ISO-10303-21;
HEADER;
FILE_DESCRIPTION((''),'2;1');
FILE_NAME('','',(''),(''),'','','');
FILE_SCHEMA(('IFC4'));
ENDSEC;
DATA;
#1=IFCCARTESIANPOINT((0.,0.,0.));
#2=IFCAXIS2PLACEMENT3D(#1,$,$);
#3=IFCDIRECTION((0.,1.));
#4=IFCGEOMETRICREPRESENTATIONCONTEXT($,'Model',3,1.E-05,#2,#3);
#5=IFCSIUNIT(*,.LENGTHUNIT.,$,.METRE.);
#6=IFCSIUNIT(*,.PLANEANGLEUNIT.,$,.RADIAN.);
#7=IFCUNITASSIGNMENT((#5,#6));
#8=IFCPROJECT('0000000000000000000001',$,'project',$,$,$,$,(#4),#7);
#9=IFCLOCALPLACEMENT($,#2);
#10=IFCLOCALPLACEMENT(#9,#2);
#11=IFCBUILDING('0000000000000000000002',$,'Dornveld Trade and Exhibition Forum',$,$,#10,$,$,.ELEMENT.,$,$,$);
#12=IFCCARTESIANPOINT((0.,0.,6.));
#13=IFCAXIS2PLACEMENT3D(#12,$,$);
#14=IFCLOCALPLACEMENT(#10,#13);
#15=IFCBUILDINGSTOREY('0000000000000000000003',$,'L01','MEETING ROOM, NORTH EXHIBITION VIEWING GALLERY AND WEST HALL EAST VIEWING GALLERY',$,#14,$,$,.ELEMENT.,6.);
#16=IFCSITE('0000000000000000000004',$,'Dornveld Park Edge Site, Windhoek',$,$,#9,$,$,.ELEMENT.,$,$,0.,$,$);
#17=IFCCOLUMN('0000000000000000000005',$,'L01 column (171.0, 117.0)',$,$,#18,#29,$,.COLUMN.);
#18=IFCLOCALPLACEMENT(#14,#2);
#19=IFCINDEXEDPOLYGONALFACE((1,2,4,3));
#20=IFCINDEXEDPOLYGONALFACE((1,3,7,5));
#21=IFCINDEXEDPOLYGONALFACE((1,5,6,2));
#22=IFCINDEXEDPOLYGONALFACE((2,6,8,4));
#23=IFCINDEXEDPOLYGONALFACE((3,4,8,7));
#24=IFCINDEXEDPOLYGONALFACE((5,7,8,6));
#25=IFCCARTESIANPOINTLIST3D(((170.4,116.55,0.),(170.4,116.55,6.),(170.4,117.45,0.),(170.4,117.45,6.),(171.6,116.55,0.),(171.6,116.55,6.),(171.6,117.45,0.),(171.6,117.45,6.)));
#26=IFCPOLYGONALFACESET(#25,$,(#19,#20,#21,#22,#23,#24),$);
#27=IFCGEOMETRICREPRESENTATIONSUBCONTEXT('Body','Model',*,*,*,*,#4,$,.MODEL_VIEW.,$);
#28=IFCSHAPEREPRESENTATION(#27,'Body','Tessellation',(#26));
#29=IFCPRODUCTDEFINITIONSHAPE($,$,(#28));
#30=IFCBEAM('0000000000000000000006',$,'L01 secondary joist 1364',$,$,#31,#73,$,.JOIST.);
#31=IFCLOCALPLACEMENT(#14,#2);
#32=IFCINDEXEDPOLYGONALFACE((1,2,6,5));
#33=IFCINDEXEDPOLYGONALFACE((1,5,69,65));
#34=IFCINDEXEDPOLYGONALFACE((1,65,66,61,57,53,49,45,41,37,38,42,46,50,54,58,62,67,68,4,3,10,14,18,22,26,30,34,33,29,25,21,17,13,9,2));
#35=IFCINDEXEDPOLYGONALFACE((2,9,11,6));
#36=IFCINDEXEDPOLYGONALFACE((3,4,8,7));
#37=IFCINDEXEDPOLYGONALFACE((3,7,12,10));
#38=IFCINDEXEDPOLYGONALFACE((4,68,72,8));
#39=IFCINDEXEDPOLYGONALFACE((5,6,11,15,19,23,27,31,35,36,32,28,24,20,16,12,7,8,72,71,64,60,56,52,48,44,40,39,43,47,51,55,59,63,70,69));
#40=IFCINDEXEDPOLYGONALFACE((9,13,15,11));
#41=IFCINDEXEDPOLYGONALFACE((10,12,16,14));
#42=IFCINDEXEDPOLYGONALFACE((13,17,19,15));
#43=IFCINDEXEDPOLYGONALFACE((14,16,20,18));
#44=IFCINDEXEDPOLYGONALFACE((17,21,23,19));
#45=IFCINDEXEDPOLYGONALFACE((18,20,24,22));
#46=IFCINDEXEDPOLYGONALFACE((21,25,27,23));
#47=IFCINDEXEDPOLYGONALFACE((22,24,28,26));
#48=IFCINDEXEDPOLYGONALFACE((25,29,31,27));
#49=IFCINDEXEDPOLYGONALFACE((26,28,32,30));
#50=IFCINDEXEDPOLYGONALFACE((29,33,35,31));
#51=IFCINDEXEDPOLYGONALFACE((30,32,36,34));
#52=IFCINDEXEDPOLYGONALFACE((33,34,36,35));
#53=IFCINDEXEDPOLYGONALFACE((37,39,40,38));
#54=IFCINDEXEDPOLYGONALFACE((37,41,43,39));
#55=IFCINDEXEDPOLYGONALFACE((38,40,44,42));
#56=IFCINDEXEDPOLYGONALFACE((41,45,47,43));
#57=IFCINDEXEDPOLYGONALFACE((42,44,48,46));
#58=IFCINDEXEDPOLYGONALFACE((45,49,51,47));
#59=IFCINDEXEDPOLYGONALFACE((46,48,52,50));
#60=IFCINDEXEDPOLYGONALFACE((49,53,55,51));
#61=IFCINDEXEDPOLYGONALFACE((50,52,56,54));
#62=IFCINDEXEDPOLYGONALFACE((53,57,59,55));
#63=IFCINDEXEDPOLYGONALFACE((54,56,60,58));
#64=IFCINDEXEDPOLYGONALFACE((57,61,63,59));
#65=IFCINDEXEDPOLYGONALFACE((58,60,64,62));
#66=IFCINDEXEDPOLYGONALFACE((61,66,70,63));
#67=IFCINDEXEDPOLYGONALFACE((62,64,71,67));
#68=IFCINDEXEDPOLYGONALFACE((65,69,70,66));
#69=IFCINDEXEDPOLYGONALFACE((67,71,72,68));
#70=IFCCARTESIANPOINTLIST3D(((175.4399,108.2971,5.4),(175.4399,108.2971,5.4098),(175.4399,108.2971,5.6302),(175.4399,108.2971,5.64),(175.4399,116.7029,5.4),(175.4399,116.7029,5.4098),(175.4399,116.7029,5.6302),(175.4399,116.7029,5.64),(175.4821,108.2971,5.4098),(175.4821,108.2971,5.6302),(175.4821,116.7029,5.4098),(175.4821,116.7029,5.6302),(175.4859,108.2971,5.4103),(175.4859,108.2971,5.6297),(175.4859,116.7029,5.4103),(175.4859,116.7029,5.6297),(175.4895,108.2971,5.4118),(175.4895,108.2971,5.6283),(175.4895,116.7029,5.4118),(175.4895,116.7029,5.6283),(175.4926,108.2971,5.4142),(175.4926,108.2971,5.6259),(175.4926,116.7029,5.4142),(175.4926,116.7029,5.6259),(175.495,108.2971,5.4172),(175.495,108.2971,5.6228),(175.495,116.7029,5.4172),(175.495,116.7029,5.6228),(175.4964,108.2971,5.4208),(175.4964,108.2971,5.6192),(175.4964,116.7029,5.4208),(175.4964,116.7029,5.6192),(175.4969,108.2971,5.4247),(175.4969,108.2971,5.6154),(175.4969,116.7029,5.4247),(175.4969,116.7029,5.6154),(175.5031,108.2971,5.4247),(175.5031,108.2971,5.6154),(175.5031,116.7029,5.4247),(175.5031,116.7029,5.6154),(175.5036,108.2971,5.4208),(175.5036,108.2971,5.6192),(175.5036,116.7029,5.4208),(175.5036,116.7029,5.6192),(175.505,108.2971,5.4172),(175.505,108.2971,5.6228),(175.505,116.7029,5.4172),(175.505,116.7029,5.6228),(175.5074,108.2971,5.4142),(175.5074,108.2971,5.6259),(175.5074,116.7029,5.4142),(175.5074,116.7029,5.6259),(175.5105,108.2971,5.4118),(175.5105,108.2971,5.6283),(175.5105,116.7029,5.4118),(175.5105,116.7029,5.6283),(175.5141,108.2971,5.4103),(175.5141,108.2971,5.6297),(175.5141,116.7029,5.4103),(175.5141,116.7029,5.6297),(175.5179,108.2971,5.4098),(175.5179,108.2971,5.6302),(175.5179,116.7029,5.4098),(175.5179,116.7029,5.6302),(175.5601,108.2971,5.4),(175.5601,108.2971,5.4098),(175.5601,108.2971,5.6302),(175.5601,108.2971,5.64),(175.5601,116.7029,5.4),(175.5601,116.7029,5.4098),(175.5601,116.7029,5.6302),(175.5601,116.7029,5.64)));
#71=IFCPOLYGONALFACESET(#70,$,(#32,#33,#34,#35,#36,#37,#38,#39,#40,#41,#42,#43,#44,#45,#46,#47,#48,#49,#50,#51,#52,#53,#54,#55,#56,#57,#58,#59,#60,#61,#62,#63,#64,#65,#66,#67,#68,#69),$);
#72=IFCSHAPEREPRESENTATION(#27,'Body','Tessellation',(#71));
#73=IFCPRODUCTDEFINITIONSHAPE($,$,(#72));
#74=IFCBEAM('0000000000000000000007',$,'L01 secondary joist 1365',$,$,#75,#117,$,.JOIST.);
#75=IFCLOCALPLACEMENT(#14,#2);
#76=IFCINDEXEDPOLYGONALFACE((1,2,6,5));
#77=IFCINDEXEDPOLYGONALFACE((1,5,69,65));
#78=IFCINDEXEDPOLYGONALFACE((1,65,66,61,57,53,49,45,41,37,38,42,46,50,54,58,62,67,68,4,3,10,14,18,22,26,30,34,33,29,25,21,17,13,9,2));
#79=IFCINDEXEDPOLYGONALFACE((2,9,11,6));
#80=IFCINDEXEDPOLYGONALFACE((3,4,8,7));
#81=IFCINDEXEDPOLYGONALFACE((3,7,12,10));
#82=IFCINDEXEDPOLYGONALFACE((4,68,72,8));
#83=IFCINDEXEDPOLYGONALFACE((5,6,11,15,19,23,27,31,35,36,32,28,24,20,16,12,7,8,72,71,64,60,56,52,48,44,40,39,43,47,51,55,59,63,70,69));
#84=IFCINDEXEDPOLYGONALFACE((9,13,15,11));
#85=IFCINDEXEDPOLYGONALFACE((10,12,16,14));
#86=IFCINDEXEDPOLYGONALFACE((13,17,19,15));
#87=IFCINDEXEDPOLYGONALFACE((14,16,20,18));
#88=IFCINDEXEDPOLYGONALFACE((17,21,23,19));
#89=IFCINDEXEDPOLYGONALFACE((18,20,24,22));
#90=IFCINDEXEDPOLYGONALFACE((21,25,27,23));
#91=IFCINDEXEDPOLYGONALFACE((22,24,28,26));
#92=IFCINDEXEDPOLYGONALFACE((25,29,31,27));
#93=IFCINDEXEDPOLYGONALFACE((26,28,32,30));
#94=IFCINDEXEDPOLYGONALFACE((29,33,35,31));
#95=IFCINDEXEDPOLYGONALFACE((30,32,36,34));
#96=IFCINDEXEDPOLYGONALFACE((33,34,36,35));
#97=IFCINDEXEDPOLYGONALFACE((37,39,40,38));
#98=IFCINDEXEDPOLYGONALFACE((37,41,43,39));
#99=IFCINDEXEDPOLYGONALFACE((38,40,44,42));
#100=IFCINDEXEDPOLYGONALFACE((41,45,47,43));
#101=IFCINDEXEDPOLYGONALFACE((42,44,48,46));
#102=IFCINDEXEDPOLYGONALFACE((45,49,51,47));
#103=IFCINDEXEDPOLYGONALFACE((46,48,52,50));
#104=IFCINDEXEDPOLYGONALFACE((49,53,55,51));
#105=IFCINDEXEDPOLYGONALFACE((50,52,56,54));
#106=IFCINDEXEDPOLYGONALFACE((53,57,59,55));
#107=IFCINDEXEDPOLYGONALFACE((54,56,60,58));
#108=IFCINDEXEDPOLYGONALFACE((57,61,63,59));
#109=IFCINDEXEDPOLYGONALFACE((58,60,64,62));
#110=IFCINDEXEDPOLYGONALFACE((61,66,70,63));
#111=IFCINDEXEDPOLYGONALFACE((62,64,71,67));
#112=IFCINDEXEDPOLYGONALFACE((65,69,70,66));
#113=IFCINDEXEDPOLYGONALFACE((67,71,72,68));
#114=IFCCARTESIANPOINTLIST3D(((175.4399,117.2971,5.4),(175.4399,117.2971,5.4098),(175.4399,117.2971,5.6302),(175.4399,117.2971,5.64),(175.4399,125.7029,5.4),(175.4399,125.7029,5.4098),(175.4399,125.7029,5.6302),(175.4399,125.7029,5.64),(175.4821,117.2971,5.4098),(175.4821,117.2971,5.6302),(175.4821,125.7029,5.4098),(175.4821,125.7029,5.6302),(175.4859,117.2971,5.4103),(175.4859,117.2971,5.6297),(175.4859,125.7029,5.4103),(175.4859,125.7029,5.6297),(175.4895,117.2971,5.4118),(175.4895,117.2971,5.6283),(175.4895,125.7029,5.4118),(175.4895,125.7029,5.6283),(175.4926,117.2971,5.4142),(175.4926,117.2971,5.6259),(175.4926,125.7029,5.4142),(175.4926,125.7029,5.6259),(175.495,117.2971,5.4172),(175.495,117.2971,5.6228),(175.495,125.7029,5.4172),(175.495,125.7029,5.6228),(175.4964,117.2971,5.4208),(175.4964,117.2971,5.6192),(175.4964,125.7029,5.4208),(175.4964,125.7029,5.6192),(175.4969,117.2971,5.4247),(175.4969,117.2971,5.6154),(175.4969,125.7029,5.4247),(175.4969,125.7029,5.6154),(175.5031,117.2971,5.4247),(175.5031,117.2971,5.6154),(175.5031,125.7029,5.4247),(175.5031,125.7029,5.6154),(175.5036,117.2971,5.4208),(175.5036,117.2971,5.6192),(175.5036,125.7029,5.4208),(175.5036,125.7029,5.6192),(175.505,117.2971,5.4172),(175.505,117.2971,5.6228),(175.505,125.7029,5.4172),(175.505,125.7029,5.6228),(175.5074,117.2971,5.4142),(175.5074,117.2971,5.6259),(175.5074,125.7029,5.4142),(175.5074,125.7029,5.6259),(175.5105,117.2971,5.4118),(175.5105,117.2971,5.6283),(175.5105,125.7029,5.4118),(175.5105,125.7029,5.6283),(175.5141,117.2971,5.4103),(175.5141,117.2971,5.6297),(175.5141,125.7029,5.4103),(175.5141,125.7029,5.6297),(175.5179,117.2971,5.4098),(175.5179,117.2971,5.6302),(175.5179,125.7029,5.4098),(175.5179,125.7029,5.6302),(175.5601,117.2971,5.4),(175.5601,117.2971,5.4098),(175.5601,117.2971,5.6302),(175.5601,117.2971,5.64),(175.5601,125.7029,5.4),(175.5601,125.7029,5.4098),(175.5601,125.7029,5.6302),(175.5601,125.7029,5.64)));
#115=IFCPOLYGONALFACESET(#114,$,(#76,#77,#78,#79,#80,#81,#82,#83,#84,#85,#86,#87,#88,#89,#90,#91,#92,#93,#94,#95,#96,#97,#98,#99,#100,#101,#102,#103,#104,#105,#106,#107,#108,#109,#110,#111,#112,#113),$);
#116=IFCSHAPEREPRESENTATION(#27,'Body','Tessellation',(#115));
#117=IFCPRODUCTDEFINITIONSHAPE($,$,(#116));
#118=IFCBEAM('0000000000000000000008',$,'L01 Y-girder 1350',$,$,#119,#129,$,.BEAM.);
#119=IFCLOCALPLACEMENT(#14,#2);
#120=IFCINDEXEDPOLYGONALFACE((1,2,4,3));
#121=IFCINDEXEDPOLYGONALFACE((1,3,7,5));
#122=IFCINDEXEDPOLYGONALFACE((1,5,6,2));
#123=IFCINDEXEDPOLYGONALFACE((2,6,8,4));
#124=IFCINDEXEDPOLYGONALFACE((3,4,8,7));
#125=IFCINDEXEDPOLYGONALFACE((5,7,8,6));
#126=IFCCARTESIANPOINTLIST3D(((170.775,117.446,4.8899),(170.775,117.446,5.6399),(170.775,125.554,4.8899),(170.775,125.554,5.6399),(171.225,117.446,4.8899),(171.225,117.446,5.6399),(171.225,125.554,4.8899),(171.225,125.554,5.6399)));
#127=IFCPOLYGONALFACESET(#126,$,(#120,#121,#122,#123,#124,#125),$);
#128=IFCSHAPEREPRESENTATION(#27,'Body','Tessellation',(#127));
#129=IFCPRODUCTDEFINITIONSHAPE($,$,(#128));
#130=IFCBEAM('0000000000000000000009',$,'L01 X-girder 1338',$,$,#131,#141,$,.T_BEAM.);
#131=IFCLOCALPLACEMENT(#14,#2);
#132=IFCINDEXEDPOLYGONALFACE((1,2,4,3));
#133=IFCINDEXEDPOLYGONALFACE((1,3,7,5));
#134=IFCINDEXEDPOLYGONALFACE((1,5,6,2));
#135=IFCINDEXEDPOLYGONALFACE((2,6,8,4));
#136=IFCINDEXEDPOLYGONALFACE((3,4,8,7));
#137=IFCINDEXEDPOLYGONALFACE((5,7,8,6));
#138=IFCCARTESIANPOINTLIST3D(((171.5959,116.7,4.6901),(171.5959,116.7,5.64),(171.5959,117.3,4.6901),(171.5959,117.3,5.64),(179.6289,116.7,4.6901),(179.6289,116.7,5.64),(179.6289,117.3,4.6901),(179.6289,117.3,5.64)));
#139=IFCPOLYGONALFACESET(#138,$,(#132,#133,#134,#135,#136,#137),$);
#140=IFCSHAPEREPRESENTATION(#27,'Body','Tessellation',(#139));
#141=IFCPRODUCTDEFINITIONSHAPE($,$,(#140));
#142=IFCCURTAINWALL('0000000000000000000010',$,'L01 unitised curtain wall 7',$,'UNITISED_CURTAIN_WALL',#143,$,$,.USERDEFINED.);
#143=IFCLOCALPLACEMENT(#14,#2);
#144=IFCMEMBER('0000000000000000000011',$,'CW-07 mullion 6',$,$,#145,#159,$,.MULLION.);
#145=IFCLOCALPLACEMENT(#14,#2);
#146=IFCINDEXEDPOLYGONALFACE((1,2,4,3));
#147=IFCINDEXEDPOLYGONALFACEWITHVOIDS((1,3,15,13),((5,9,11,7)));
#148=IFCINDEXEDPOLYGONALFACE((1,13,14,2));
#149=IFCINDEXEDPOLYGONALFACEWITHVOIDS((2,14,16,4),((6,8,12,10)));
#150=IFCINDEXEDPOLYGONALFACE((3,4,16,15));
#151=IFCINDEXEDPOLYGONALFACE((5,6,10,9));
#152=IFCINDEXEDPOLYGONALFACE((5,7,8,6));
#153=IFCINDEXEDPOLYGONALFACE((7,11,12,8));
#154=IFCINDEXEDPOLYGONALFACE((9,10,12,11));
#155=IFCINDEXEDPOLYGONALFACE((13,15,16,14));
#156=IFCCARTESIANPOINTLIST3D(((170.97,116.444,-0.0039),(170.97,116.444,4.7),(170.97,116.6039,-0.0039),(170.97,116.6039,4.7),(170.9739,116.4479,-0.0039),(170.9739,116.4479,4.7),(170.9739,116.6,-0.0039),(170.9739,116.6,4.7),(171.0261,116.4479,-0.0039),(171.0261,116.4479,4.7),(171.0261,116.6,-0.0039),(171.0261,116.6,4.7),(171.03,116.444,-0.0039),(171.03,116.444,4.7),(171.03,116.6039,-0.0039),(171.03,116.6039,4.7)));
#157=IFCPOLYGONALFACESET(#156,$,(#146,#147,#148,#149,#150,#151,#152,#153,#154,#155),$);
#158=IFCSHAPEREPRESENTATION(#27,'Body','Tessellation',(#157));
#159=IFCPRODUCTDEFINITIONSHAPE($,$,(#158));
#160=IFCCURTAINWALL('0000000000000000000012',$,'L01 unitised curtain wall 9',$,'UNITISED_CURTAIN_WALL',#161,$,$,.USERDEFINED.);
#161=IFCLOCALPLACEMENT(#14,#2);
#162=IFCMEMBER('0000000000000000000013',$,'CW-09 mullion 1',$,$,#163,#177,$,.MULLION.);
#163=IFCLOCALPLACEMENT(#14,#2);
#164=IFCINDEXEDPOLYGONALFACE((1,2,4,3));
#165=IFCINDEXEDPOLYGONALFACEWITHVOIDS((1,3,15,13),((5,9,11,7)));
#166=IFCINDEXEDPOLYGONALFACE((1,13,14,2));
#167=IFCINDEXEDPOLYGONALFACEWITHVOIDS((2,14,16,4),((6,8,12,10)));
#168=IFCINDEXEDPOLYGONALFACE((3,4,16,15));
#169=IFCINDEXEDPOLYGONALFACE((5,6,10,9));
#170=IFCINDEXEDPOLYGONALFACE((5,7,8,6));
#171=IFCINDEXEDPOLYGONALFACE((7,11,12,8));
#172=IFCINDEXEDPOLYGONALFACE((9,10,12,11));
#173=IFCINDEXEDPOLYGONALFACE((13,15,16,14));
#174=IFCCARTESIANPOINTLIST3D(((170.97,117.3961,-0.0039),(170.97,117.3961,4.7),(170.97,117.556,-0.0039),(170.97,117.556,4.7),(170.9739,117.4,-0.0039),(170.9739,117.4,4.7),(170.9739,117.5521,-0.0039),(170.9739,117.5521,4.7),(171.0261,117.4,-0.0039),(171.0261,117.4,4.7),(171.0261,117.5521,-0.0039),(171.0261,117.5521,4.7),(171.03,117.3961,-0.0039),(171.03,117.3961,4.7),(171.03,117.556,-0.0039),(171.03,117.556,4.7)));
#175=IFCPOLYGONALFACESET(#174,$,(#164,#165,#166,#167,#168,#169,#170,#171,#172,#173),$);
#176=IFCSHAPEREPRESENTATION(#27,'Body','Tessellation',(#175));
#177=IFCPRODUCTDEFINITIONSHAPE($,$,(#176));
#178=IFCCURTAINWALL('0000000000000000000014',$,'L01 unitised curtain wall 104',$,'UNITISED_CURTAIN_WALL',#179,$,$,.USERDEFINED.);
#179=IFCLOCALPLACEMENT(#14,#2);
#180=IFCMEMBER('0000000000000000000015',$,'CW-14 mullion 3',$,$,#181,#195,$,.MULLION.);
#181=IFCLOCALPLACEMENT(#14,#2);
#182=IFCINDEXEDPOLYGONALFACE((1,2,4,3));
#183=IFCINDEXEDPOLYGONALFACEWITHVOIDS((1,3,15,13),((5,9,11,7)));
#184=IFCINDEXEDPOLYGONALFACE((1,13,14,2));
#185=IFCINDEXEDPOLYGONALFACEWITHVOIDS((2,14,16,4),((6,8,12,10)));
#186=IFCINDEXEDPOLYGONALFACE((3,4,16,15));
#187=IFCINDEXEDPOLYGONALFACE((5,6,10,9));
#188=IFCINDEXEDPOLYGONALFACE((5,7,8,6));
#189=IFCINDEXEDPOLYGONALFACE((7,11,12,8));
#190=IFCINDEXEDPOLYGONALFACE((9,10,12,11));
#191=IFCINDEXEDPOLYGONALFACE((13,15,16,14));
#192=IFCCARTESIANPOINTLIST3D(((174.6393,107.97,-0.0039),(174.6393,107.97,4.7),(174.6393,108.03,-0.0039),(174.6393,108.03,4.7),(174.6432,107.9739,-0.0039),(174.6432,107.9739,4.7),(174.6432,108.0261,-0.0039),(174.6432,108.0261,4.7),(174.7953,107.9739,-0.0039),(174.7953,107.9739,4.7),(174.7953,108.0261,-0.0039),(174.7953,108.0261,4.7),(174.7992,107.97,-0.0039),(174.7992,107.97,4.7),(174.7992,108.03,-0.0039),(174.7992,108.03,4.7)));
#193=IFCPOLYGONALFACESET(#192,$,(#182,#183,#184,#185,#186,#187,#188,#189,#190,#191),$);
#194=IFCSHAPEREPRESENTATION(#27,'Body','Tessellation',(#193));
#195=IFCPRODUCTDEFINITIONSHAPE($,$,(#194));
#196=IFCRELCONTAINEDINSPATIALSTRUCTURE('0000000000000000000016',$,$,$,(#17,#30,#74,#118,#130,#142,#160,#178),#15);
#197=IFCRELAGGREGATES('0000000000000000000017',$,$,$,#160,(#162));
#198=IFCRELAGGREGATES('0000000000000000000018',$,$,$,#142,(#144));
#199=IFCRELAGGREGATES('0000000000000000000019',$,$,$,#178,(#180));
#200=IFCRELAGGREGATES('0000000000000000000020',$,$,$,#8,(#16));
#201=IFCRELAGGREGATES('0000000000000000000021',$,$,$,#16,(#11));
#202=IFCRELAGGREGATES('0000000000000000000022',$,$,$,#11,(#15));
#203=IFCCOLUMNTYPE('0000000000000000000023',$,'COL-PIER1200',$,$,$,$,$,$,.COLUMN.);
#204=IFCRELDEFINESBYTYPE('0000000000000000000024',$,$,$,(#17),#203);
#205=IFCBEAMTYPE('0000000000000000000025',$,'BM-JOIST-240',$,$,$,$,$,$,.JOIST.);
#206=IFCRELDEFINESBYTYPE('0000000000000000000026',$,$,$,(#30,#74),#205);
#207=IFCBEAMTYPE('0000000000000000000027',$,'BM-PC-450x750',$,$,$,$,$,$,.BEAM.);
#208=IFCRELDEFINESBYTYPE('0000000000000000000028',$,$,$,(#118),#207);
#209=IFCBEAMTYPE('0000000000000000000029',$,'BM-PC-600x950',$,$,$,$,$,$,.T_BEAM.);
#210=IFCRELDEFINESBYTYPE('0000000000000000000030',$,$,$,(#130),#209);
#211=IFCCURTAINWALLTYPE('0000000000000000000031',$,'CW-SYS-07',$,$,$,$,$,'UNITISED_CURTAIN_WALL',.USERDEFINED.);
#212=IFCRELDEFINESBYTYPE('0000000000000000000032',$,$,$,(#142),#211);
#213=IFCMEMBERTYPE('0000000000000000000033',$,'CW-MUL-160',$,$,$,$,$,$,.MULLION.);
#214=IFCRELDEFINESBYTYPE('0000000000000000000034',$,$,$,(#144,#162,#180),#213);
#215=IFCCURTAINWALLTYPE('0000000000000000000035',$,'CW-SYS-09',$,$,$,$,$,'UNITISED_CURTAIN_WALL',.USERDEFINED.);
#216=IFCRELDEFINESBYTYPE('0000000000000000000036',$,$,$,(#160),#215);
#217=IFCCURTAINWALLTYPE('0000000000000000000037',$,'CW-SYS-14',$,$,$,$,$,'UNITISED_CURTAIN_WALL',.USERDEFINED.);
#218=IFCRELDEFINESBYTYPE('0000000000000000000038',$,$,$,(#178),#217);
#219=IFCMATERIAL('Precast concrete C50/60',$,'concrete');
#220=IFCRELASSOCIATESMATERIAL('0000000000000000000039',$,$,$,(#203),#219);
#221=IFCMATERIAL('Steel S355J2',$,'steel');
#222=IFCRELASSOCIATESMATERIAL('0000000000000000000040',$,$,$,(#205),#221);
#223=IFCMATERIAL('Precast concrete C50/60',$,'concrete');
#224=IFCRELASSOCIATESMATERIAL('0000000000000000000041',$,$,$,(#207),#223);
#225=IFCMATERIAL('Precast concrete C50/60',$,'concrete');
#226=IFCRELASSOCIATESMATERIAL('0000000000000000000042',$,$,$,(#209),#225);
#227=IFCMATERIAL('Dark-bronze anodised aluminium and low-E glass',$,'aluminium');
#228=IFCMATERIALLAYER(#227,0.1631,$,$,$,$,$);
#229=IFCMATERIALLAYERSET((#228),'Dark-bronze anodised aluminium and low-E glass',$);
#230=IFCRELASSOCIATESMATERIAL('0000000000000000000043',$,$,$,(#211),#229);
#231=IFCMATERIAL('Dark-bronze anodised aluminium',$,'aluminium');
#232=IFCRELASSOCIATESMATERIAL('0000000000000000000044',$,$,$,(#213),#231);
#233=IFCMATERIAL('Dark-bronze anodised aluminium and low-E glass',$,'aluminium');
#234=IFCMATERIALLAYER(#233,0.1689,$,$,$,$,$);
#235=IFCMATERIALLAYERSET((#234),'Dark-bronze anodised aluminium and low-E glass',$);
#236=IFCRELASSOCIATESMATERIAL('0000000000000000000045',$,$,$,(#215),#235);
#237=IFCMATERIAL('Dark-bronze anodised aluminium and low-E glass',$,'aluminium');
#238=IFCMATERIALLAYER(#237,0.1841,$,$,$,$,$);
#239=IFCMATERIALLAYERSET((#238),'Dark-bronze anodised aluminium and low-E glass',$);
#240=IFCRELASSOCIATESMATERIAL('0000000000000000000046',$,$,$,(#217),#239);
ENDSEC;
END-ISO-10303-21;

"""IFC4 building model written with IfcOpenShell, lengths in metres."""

from ifc_helpers import new_model, si_unit, direction, frame, origin, origin_2d, place, context, subcontext, project, spatial, rectangle, hollow_rectangle, i_section, extrude, material, layer, layer_set, material_profile, profile_set, type_object, element, aggregate, save


model = new_model("IFC4")

# Units and contexts
model_context = context("Model", 3, precision=1e-05, world=origin(), true_north=direction((0.0, 1.0)))
body_context = subcontext(model_context, "Body", "Model", "MODEL_VIEW")
ifc_project = project(units=[si_unit("LENGTHUNIT", "METRE"), si_unit("PLANEANGLEUNIT", "RADIAN")], contexts=[model_context])

# Site, building, storey
site_placement = place(None, origin())
site = spatial("IfcSite", under=ifc_project, at=site_placement, Name="Dornveld Park Edge Site, Windhoek", CompositionType="ELEMENT", RefElevation=0.0)
building_placement = place(site_placement, origin())
building = spatial("IfcBuilding", under=site, at=building_placement, Name="Dornveld Trade and Exhibition Forum", CompositionType="ELEMENT")
storey_placement = place(building_placement, frame((0.0, 0.0, 6.0)))
storey = spatial("IfcBuildingStorey", under=building, at=storey_placement, Name="L01", Description="MEETING ROOM, NORTH EXHIBITION VIEWING GALLERY AND WEST HALL EAST VIEWING GALLERY", CompositionType="ELEMENT", Elevation=6.0)

# Column
ifc_material_1 = material(Name="Precast concrete C50/60", Category="concrete")
ifc_material_profile_1 = material_profile(ifc_material_1, rectangle(XDim=1.2, YDim=0.8999, at=origin_2d()), Name="PC-PIER 1200x900")
ifc_profile_set_1 = profile_set([ifc_material_profile_1], Name="Precast concrete C50/60")
column_type = type_object("IfcColumnType", Name="COL-PIER1200", PredefinedType="COLUMN", material=ifc_profile_set_1)
column_placement = place(storey_placement, frame((171.0, 117.0, 0.0), z_axis=(0.0, 0.0, 1.0), x_axis=(1.0, 0.0, 0.0)))
element("IfcColumn", 1, at=column_placement, inside=storey, type_object=column_type, Name="L01 column (171.0, 117.0)", PredefinedType="COLUMN", context=body_context, shape_type="SweptSolid", body=[
    extrude(rectangle(XDim=1.2, YDim=0.8999, at=origin_2d()), origin(), (0.0, 0.0, 1.0), 6.0),
])

# Beams
ifc_material_2 = material(Name="Steel S355J2", Category="steel")
ifc_material_profile_2 = material_profile(ifc_material_2, i_section(OverallWidth=0.1201, OverallDepth=0.24, WebThickness=0.0061, FlangeThickness=0.0098, FilletRadius=0.0149, at=origin_2d()), Name="IPE 240")
ifc_profile_set_2 = profile_set([ifc_material_profile_2], Name="Steel S355J2")
beam_type_1 = type_object("IfcBeamType", Name="BM-JOIST-240", PredefinedType="JOIST", material=ifc_profile_set_2)
for number, where, z_axis, x_axis, name in (
    (2, (175.5, 108.2971, 5.52), (0.0, 1.0, 0.0), (-1.0, 0.0, 0.0), "L01 secondary joist 1364"),
    (3, (175.5, 117.2971, 5.52), (0.0, 1.0, 0.0), (-1.0, 0.0, 0.0), "L01 secondary joist 1365"),
):
    element("IfcBeam", number, at=place(storey_placement, frame(where, z_axis=z_axis, x_axis=x_axis)), inside=storey, type_object=beam_type_1, Name=name, PredefinedType="JOIST", context=body_context, shape_type="SweptSolid", body=[
        extrude(i_section(OverallWidth=0.1201, OverallDepth=0.24, WebThickness=0.0061, FlangeThickness=0.0098, FilletRadius=0.0149, at=origin_2d()), origin(), (0.0, 0.0, 1.0), 8.4058),
    ])
ifc_material_3 = material(Name="Precast concrete C50/60", Category="concrete")
ifc_material_profile_3 = material_profile(ifc_material_3, rectangle(XDim=0.45, YDim=0.75, at=origin_2d()), Name="PC-BM 450x750")
ifc_profile_set_3 = profile_set([ifc_material_profile_3], Name="Precast concrete C50/60")
beam_type_2 = type_object("IfcBeamType", Name="BM-PC-450x750", PredefinedType="BEAM", material=ifc_profile_set_3)
beam_1_placement = place(storey_placement, frame((171.0, 117.446, 5.2649), z_axis=(0.0, 1.0, 0.0), x_axis=(-1.0, 0.0, 0.0)))
element("IfcBeam", 4, at=beam_1_placement, inside=storey, type_object=beam_type_2, Name="L01 Y-girder 1350", PredefinedType="BEAM", context=body_context, shape_type="SweptSolid", body=[
    extrude(rectangle(XDim=0.45, YDim=0.75, at=origin_2d()), origin(), (0.0, 0.0, 1.0), 8.1079),
])
ifc_material_4 = material(Name="Precast concrete C50/60", Category="concrete")
ifc_material_profile_4 = material_profile(ifc_material_4, rectangle(XDim=0.6001, YDim=0.95, at=origin_2d()), Name="PC-GIR 600x950")
ifc_profile_set_4 = profile_set([ifc_material_profile_4], Name="Precast concrete C50/60")
beam_type_3 = type_object("IfcBeamType", Name="BM-PC-600x950", PredefinedType="T_BEAM", material=ifc_profile_set_4)
beam_2_placement = place(storey_placement, frame((171.5959, 117.0, 5.165), z_axis=(1.0, 0.0, 0.0), x_axis=(0.0, 1.0, 0.0)))
element("IfcBeam", 5, at=beam_2_placement, inside=storey, type_object=beam_type_3, Name="L01 X-girder 1338", PredefinedType="T_BEAM", context=body_context, shape_type="SweptSolid", body=[
    extrude(rectangle(XDim=0.6001, YDim=0.95, at=origin_2d()), origin(), (0.0, 0.0, 1.0), 8.033),
])

# Curtain walls, members
ifc_material_5 = material(Name="Dark-bronze anodised aluminium and low-E glass", Category="aluminium")
ifc_layer_1 = layer(ifc_material_5, 0.1631)
ifc_layer_set_1 = layer_set([ifc_layer_1], Name="Dark-bronze anodised aluminium and low-E glass")
curtain_wall_type_1 = type_object("IfcCurtainWallType", Name="CW-SYS-07", ElementType="UNITISED_CURTAIN_WALL", PredefinedType="USERDEFINED", material=ifc_layer_set_1)
curtain_wall_1_placement = place(storey_placement, origin())
curtain_wall_1 = element("IfcCurtainWall", 6, at=curtain_wall_1_placement, inside=storey, type_object=curtain_wall_type_1, Name="L01 unitised curtain wall 7", ObjectType="UNITISED_CURTAIN_WALL", PredefinedType="USERDEFINED")
ifc_material_6 = material(Name="Dark-bronze anodised aluminium", Category="aluminium")
ifc_material_profile_5 = material_profile(ifc_material_6, hollow_rectangle(XDim=0.0601, YDim=0.1599, WallThickness=0.0039, at=origin_2d()), Name="RHS 160x60x4")
ifc_profile_set_5 = profile_set([ifc_material_profile_5], Name="Dark-bronze anodised aluminium")
member_type_1 = type_object("IfcMemberType", Name="CW-MUL-160", PredefinedType="MULLION", material=ifc_profile_set_5)
member_1_placement = place(storey_placement, frame((171.0, 116.5239, -0.0039), z_axis=(0.0, 0.0, 1.0), x_axis=(-1.0, 0.0, 0.0)))
member_1 = element("IfcMember", 7, at=member_1_placement, type_object=member_type_1, Name="CW-07 mullion 6", PredefinedType="MULLION", context=body_context, shape_type="SweptSolid", body=[
    extrude(hollow_rectangle(XDim=0.0601, YDim=0.1599, WallThickness=0.0039, at=origin_2d()), origin(), (0.0, 0.0, 1.0), 4.7039),
])
ifc_material_7 = material(Name="Dark-bronze anodised aluminium and low-E glass", Category="aluminium")
ifc_layer_2 = layer(ifc_material_7, 0.1689)
ifc_layer_set_2 = layer_set([ifc_layer_2], Name="Dark-bronze anodised aluminium and low-E glass")
curtain_wall_type_2 = type_object("IfcCurtainWallType", Name="CW-SYS-09", ElementType="UNITISED_CURTAIN_WALL", PredefinedType="USERDEFINED", material=ifc_layer_set_2)
curtain_wall_2_placement = place(storey_placement, origin())
curtain_wall_2 = element("IfcCurtainWall", 8, at=curtain_wall_2_placement, inside=storey, type_object=curtain_wall_type_2, Name="L01 unitised curtain wall 9", ObjectType="UNITISED_CURTAIN_WALL", PredefinedType="USERDEFINED")
member_2_placement = place(storey_placement, frame((171.0, 117.4761, -0.0039), z_axis=(0.0, 0.0, 1.0), x_axis=(-1.0, 0.0, 0.0)))
member_2 = element("IfcMember", 9, at=member_2_placement, type_object=member_type_1, Name="CW-09 mullion 1", PredefinedType="MULLION", context=body_context, shape_type="SweptSolid", body=[
    extrude(hollow_rectangle(XDim=0.0601, YDim=0.1599, WallThickness=0.0039, at=origin_2d()), origin(), (0.0, 0.0, 1.0), 4.7039),
])

# Curtain wall, member
ifc_material_8 = material(Name="Dark-bronze anodised aluminium and low-E glass", Category="aluminium")
ifc_layer_3 = layer(ifc_material_8, 0.1841)
ifc_layer_set_3 = layer_set([ifc_layer_3], Name="Dark-bronze anodised aluminium and low-E glass")
curtain_wall_type_3 = type_object("IfcCurtainWallType", Name="CW-SYS-14", ElementType="UNITISED_CURTAIN_WALL", PredefinedType="USERDEFINED", material=ifc_layer_set_3)
curtain_wall_3_placement = place(storey_placement, origin())
curtain_wall_3 = element("IfcCurtainWall", 10, at=curtain_wall_3_placement, inside=storey, type_object=curtain_wall_type_3, Name="L01 unitised curtain wall 104", ObjectType="UNITISED_CURTAIN_WALL", PredefinedType="USERDEFINED")
member_3_placement = place(storey_placement, frame((174.7192, 108.0, -0.0039), z_axis=(0.0, 0.0, 1.0), x_axis=(0.0, 1.0, 0.0)))
member_3 = element("IfcMember", 11, at=member_3_placement, type_object=member_type_1, Name="CW-14 mullion 3", PredefinedType="MULLION", context=body_context, shape_type="SweptSolid", body=[
    extrude(hollow_rectangle(XDim=0.0601, YDim=0.1599, WallThickness=0.0039, at=origin_2d()), origin(), (0.0, 0.0, 1.0), 4.7039),
])

aggregate(curtain_wall_2, [member_2])

aggregate(curtain_wall_1, [member_1])
aggregate(curtain_wall_3, [member_3])

save(model, "model.ifc")
